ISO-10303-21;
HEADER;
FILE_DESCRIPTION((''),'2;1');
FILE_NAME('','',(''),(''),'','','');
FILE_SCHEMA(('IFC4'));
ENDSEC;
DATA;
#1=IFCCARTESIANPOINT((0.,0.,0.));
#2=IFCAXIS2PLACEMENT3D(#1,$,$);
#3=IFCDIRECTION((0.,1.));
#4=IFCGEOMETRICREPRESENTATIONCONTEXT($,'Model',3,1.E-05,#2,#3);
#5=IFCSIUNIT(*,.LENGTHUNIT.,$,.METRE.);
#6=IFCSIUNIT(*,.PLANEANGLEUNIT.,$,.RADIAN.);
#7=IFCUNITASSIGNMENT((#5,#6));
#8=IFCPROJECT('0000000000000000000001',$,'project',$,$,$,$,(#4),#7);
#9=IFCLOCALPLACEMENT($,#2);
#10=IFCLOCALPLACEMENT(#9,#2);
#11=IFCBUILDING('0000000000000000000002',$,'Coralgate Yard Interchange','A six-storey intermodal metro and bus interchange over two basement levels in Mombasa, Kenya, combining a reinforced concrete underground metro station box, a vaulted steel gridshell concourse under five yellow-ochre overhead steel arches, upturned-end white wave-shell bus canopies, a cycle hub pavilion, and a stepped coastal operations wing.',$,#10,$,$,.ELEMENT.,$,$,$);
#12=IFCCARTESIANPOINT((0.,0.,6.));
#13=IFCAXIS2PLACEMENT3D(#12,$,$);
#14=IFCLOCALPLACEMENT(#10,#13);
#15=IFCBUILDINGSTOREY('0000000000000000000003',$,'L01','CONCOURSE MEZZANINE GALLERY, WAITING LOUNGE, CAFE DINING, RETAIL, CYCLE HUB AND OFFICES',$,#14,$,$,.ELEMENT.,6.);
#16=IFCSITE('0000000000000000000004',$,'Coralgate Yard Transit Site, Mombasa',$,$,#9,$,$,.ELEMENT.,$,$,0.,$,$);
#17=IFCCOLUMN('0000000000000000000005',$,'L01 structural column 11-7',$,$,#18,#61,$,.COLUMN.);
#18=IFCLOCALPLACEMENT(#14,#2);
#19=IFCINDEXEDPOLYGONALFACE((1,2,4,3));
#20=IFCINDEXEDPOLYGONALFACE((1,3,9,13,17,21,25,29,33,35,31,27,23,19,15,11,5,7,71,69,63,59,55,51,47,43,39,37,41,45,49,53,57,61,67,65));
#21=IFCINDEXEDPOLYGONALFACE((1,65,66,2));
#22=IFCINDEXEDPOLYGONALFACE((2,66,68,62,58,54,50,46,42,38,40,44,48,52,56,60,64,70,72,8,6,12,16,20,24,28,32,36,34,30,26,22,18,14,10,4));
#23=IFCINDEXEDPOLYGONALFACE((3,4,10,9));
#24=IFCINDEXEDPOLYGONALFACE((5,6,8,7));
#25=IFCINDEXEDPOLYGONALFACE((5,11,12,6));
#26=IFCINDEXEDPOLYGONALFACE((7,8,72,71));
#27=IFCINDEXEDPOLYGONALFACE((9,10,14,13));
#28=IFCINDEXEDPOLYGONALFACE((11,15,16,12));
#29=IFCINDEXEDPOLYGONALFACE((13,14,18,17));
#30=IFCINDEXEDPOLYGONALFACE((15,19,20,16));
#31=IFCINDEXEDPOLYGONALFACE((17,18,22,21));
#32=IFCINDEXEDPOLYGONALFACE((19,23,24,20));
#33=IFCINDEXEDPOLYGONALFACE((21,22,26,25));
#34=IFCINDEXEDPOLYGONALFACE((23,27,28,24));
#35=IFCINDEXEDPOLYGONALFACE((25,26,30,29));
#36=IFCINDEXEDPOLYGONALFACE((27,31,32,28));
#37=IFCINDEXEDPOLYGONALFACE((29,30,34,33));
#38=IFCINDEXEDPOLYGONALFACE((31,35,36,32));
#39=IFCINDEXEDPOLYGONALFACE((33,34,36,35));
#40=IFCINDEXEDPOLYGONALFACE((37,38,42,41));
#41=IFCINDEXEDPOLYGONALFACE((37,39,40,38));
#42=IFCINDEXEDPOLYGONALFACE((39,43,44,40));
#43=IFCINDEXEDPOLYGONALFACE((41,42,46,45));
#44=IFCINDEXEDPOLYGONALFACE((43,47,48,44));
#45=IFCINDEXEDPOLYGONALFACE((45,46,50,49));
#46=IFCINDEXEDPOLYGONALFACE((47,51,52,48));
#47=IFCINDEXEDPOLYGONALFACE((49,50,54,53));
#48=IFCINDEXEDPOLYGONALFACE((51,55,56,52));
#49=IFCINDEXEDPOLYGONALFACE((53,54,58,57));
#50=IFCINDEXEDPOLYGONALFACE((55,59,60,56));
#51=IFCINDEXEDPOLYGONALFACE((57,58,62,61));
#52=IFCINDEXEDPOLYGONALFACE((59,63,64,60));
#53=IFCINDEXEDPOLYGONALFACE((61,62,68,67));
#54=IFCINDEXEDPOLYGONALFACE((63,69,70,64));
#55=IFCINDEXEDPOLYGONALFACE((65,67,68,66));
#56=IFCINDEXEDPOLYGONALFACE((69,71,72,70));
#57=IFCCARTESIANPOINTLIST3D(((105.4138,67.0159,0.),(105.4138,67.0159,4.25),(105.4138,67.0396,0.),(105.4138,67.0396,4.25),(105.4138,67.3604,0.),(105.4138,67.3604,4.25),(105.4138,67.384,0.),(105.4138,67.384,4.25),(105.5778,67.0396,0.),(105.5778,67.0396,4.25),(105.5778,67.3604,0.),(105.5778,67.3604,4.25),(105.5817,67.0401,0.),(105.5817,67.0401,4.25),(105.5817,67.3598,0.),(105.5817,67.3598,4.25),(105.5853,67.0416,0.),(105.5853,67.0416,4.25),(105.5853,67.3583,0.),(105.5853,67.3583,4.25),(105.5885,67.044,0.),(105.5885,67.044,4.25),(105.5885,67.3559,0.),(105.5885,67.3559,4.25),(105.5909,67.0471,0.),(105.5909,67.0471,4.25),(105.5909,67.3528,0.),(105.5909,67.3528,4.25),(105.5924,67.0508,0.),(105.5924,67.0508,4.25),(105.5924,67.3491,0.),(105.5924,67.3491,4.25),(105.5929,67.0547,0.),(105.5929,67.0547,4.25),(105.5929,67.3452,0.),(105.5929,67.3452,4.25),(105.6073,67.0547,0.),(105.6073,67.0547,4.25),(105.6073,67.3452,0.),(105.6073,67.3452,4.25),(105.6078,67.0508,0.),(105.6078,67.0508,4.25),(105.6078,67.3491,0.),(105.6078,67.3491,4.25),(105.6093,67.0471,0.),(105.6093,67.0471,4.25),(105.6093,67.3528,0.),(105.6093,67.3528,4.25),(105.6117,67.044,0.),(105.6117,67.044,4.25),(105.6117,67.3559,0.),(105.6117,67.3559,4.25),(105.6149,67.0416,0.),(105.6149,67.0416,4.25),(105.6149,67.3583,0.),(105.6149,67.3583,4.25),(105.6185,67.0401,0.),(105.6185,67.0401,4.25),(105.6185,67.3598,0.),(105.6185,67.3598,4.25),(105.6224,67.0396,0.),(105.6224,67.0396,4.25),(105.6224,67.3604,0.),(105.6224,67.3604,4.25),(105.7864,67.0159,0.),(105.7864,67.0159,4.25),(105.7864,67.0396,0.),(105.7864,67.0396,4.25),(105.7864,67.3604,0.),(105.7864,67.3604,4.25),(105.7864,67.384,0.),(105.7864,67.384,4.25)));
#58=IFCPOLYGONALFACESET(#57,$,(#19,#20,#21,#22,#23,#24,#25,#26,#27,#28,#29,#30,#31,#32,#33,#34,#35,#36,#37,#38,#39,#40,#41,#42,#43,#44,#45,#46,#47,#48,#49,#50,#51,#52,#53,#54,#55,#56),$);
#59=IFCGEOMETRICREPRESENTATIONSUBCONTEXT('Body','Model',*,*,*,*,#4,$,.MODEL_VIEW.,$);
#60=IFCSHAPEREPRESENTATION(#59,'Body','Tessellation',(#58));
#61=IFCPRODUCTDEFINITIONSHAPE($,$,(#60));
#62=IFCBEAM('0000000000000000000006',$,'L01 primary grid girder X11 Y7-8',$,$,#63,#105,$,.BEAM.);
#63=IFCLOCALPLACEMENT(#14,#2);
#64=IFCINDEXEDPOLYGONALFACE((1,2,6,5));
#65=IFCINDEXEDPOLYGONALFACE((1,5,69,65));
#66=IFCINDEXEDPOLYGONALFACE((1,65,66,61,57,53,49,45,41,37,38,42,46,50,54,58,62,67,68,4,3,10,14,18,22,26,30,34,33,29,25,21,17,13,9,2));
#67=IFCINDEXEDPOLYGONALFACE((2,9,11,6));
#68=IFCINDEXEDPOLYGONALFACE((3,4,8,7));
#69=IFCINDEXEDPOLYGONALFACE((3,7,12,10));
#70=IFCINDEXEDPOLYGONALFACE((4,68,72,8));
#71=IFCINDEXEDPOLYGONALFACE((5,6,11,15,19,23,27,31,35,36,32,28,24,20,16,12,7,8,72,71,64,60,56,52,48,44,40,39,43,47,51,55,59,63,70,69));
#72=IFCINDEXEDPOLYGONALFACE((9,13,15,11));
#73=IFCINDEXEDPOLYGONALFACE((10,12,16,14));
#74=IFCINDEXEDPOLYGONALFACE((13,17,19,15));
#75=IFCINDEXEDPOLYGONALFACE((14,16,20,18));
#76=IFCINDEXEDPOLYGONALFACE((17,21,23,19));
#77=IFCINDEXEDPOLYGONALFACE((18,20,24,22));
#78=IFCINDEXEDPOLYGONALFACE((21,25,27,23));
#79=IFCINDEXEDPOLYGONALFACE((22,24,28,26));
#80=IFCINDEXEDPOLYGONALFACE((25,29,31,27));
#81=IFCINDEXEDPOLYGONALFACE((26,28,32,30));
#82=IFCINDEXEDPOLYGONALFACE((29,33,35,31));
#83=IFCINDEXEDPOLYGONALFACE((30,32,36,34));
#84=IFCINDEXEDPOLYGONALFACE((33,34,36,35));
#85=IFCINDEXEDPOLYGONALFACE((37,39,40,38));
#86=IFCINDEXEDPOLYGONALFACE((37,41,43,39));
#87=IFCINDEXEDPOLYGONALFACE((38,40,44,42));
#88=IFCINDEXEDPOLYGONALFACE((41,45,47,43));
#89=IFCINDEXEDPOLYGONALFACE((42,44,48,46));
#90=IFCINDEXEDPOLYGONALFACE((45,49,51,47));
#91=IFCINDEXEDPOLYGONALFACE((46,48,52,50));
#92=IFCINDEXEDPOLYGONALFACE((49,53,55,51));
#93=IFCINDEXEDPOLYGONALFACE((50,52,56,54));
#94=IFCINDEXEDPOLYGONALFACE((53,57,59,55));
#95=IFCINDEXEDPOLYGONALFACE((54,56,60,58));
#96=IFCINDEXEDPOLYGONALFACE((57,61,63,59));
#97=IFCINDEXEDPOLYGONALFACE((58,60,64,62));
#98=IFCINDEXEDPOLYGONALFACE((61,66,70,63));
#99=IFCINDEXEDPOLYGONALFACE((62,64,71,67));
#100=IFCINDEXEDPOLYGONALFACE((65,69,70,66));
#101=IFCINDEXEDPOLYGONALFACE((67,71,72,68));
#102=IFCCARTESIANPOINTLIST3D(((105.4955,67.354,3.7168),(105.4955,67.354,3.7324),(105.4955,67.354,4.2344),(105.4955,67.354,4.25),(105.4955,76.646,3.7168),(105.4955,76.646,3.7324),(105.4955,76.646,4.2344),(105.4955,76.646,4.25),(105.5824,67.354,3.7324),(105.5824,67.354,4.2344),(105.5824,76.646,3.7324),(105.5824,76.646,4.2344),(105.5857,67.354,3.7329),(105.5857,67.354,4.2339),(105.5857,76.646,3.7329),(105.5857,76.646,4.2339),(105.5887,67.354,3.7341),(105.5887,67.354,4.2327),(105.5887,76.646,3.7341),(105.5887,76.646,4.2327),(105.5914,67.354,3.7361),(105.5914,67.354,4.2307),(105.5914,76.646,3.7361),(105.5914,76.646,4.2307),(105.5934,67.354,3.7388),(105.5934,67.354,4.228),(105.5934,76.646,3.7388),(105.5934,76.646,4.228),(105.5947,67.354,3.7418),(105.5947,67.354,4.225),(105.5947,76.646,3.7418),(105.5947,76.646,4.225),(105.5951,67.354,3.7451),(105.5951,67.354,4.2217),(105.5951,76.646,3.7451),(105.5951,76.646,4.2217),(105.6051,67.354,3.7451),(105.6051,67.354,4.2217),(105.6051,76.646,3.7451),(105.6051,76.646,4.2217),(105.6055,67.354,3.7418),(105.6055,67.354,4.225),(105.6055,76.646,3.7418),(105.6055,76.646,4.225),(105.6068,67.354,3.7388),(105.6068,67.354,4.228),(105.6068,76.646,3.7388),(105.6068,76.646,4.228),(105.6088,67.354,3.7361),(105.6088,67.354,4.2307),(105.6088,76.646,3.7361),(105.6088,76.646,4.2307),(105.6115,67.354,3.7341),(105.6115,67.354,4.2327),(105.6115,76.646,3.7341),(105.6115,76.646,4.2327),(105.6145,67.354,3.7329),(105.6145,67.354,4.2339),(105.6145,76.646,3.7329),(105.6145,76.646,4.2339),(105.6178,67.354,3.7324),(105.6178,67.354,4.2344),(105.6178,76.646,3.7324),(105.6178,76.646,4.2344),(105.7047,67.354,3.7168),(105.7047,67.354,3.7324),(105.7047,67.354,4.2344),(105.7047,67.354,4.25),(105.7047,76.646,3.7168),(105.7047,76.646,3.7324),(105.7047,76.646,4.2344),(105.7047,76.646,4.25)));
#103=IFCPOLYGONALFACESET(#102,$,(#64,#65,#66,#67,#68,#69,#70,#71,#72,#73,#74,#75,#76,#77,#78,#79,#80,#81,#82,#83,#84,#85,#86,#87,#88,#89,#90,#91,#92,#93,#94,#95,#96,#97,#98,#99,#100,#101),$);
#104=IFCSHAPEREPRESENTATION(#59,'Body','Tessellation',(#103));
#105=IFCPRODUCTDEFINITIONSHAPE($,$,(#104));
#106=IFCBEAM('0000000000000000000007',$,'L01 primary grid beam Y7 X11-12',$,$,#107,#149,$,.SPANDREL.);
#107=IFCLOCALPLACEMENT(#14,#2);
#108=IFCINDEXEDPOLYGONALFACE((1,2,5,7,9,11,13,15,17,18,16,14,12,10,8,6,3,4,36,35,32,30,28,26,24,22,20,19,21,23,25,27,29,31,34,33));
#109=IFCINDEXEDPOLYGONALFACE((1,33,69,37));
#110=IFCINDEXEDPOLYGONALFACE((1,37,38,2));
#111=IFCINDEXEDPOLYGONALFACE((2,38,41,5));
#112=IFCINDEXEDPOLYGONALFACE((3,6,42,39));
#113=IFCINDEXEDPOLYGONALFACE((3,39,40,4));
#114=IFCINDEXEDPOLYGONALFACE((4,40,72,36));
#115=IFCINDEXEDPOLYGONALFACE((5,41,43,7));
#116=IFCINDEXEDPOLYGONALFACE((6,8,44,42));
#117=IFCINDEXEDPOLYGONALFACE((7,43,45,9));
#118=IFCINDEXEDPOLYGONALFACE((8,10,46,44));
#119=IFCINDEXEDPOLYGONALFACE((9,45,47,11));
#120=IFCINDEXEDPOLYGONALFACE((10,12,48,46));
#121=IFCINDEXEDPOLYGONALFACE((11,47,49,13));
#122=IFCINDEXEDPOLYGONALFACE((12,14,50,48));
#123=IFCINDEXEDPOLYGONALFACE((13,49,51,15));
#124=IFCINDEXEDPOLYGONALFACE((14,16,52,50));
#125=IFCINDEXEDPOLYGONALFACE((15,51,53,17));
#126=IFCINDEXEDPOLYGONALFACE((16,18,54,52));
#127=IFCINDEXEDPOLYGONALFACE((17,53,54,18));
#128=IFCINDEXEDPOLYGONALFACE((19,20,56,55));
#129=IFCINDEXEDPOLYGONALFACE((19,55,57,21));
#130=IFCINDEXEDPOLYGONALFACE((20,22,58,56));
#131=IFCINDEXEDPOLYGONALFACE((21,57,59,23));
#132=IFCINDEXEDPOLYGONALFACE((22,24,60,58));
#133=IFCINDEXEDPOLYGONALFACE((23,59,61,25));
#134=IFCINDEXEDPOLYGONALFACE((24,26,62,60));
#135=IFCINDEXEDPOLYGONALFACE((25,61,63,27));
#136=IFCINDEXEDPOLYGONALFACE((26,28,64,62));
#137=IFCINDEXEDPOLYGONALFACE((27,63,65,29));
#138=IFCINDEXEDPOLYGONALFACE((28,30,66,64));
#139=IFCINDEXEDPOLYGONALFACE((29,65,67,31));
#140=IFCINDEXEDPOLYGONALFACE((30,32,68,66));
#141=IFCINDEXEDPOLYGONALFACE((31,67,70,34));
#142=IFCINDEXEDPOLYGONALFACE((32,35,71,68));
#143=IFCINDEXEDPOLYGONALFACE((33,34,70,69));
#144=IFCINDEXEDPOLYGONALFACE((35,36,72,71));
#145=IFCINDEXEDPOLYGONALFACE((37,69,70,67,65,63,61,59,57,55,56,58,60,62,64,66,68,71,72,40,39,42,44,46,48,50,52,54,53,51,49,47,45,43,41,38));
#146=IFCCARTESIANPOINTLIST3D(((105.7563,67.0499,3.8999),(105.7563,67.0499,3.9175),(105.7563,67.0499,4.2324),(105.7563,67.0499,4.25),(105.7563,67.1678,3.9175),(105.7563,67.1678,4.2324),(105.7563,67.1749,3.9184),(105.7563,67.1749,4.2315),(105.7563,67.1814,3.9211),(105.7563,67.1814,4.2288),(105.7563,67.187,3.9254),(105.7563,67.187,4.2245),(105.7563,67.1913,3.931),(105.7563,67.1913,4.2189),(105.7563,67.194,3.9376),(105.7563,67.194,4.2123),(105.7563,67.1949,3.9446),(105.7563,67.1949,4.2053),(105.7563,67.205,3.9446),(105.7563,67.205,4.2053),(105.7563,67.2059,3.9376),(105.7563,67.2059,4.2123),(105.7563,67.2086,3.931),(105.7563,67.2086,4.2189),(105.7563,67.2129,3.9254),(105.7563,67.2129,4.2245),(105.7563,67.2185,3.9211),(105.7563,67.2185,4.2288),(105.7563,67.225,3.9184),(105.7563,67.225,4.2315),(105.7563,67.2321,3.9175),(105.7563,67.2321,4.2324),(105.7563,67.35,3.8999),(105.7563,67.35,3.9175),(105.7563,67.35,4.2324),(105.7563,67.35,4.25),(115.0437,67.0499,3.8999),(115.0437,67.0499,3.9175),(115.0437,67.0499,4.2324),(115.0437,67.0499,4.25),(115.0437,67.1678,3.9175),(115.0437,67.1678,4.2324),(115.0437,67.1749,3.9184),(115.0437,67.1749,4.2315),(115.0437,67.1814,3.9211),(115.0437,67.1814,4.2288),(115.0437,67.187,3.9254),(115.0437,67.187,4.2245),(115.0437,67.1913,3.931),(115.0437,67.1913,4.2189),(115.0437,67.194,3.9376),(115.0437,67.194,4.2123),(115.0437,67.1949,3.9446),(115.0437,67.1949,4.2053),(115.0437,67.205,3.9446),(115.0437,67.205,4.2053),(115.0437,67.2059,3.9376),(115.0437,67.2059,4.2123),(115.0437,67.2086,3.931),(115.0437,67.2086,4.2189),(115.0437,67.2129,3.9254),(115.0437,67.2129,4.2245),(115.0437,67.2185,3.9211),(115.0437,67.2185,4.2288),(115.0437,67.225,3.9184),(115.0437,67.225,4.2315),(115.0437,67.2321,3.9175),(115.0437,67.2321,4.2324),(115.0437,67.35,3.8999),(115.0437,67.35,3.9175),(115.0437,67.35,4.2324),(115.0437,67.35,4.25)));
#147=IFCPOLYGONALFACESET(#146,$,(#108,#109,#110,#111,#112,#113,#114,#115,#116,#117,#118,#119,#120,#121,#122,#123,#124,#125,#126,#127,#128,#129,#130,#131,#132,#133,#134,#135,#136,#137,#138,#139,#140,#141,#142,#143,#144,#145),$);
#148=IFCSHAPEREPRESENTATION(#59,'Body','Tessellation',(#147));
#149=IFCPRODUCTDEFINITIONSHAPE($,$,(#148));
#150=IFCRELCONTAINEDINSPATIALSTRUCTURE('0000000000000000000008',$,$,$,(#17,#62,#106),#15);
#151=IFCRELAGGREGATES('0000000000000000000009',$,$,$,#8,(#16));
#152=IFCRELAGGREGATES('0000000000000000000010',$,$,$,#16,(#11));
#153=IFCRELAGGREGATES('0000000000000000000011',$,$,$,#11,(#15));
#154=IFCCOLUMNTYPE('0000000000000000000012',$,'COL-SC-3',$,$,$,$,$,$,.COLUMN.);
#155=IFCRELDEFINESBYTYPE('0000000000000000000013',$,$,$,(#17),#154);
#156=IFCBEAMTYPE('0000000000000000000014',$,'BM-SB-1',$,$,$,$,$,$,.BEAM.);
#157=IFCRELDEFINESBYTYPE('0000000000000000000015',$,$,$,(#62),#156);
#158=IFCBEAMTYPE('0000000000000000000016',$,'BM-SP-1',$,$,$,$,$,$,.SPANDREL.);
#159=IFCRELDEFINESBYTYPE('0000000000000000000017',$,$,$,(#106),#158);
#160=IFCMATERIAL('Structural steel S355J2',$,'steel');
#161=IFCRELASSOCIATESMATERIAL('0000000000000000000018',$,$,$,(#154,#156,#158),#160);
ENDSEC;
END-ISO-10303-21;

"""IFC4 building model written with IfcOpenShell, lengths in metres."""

from ifc_helpers import new_model, si_unit, direction, frame, origin, origin_2d, place, context, subcontext, project, spatial, i_section, extrude, material, material_profile, profile_set, type_object, element, save


model = new_model("IFC4")

# Units and contexts
model_context = context("Model", 3, precision=1e-05, world=origin(), true_north=direction((0.0, 1.0)))
body_context = subcontext(model_context, "Body", "Model", "MODEL_VIEW")
ifc_project = project(units=[si_unit("LENGTHUNIT", "METRE"), si_unit("PLANEANGLEUNIT", "RADIAN")], contexts=[model_context])

# Site, building, storey
site_placement = place(None, origin())
site = spatial("IfcSite", under=ifc_project, at=site_placement, Name="Coralgate Yard Transit Site, Mombasa", CompositionType="ELEMENT", RefElevation=0.0)
building_placement = place(site_placement, origin())
building = spatial("IfcBuilding", under=site, at=building_placement, Name="Coralgate Yard Interchange", Description="A six-storey intermodal metro and bus interchange over two basement levels in Mombasa, Kenya, combining a reinforced concrete underground metro station box, a vaulted steel gridshell concourse under five yellow-ochre overhead steel arches, upturned-end white wave-shell bus canopies, a cycle hub pavilion, and a stepped coastal operations wing.", CompositionType="ELEMENT")
storey_placement = place(building_placement, frame((0.0, 0.0, 6.0)))
storey = spatial("IfcBuildingStorey", under=building, at=storey_placement, Name="L01", Description="CONCOURSE MEZZANINE GALLERY, WAITING LOUNGE, CAFE DINING, RETAIL, CYCLE HUB AND OFFICES", CompositionType="ELEMENT", Elevation=6.0)

# Column
ifc_material_1 = material(Name="Structural steel S355J2", Category="steel")
ifc_material_profile_1 = material_profile(ifc_material_1, i_section(OverallWidth=0.3726, OverallDepth=0.3682, WebThickness=0.0144, FlangeThickness=0.0237, FilletRadius=0.0151, at=origin_2d()), Name="UC 356x368x177")
ifc_profile_set_1 = profile_set([ifc_material_profile_1], Name="Structural steel S355J2")
column_type = type_object("IfcColumnType", Name="COL-SC-3", PredefinedType="COLUMN", material=ifc_profile_set_1)
column_placement = place(storey_placement, frame((105.6001, 67.2, 0.0), z_axis=(0.0, 0.0, 1.0), x_axis=(1.0, 0.0, 0.0)))
element("IfcColumn", 1, at=column_placement, inside=storey, type_object=column_type, Name="L01 structural column 11-7", PredefinedType="COLUMN", context=body_context, shape_type="SweptSolid", body=[
    extrude(i_section(OverallWidth=0.3726, OverallDepth=0.3682, WebThickness=0.0144, FlangeThickness=0.0237, FilletRadius=0.0151, at=origin_2d()), origin(), (0.0, 0.0, 1.0), 4.25),
])

# Beams
ifc_material_profile_2 = material_profile(ifc_material_1, i_section(OverallWidth=0.2092, OverallDepth=0.5332, WebThickness=0.01, FlangeThickness=0.0156, FilletRadius=0.0127, at=origin_2d()), Name="UB 533x210x92")
ifc_profile_set_2 = profile_set([ifc_material_profile_2], Name="Structural steel S355J2")
beam_type_1 = type_object("IfcBeamType", Name="BM-SB-1", PredefinedType="BEAM", material=ifc_profile_set_2)
beam_1_placement = place(storey_placement, frame((105.6001, 67.354, 3.9834), z_axis=(0.0, 1.0, 0.0), x_axis=(-1.0, 0.0, 0.0)))
element("IfcBeam", 2, at=beam_1_placement, inside=storey, type_object=beam_type_1, Name="L01 primary grid girder X11 Y7-8", PredefinedType="BEAM", context=body_context, shape_type="SweptSolid", body=[
    extrude(i_section(OverallWidth=0.2092, OverallDepth=0.5332, WebThickness=0.01, FlangeThickness=0.0156, FilletRadius=0.0127, at=origin_2d()), origin(), (0.0, 0.0, 1.0), 9.292),
])
ifc_material_profile_3 = material_profile(ifc_material_1, i_section(OverallWidth=0.3, OverallDepth=0.3501, WebThickness=0.01, FlangeThickness=0.0176, FilletRadius=0.0271, at=origin_2d()), Name="HEA 360")
ifc_profile_set_3 = profile_set([ifc_material_profile_3], Name="Structural steel S355J2")
beam_type_2 = type_object("IfcBeamType", Name="BM-SP-1", PredefinedType="SPANDREL", material=ifc_profile_set_3)
beam_2_placement = place(storey_placement, frame((105.7563, 67.2, 4.075), z_axis=(1.0, 0.0, 0.0), x_axis=(0.0, 1.0, 0.0)))
element("IfcBeam", 3, at=beam_2_placement, inside=storey, type_object=beam_type_2, Name="L01 primary grid beam Y7 X11-12", PredefinedType="SPANDREL", context=body_context, shape_type="SweptSolid", body=[
    extrude(i_section(OverallWidth=0.3, OverallDepth=0.3501, WebThickness=0.01, FlangeThickness=0.0176, FilletRadius=0.0271, at=origin_2d()), origin(), (0.0, 0.0, 1.0), 9.2874),
])

save(model, "model.ifc")
